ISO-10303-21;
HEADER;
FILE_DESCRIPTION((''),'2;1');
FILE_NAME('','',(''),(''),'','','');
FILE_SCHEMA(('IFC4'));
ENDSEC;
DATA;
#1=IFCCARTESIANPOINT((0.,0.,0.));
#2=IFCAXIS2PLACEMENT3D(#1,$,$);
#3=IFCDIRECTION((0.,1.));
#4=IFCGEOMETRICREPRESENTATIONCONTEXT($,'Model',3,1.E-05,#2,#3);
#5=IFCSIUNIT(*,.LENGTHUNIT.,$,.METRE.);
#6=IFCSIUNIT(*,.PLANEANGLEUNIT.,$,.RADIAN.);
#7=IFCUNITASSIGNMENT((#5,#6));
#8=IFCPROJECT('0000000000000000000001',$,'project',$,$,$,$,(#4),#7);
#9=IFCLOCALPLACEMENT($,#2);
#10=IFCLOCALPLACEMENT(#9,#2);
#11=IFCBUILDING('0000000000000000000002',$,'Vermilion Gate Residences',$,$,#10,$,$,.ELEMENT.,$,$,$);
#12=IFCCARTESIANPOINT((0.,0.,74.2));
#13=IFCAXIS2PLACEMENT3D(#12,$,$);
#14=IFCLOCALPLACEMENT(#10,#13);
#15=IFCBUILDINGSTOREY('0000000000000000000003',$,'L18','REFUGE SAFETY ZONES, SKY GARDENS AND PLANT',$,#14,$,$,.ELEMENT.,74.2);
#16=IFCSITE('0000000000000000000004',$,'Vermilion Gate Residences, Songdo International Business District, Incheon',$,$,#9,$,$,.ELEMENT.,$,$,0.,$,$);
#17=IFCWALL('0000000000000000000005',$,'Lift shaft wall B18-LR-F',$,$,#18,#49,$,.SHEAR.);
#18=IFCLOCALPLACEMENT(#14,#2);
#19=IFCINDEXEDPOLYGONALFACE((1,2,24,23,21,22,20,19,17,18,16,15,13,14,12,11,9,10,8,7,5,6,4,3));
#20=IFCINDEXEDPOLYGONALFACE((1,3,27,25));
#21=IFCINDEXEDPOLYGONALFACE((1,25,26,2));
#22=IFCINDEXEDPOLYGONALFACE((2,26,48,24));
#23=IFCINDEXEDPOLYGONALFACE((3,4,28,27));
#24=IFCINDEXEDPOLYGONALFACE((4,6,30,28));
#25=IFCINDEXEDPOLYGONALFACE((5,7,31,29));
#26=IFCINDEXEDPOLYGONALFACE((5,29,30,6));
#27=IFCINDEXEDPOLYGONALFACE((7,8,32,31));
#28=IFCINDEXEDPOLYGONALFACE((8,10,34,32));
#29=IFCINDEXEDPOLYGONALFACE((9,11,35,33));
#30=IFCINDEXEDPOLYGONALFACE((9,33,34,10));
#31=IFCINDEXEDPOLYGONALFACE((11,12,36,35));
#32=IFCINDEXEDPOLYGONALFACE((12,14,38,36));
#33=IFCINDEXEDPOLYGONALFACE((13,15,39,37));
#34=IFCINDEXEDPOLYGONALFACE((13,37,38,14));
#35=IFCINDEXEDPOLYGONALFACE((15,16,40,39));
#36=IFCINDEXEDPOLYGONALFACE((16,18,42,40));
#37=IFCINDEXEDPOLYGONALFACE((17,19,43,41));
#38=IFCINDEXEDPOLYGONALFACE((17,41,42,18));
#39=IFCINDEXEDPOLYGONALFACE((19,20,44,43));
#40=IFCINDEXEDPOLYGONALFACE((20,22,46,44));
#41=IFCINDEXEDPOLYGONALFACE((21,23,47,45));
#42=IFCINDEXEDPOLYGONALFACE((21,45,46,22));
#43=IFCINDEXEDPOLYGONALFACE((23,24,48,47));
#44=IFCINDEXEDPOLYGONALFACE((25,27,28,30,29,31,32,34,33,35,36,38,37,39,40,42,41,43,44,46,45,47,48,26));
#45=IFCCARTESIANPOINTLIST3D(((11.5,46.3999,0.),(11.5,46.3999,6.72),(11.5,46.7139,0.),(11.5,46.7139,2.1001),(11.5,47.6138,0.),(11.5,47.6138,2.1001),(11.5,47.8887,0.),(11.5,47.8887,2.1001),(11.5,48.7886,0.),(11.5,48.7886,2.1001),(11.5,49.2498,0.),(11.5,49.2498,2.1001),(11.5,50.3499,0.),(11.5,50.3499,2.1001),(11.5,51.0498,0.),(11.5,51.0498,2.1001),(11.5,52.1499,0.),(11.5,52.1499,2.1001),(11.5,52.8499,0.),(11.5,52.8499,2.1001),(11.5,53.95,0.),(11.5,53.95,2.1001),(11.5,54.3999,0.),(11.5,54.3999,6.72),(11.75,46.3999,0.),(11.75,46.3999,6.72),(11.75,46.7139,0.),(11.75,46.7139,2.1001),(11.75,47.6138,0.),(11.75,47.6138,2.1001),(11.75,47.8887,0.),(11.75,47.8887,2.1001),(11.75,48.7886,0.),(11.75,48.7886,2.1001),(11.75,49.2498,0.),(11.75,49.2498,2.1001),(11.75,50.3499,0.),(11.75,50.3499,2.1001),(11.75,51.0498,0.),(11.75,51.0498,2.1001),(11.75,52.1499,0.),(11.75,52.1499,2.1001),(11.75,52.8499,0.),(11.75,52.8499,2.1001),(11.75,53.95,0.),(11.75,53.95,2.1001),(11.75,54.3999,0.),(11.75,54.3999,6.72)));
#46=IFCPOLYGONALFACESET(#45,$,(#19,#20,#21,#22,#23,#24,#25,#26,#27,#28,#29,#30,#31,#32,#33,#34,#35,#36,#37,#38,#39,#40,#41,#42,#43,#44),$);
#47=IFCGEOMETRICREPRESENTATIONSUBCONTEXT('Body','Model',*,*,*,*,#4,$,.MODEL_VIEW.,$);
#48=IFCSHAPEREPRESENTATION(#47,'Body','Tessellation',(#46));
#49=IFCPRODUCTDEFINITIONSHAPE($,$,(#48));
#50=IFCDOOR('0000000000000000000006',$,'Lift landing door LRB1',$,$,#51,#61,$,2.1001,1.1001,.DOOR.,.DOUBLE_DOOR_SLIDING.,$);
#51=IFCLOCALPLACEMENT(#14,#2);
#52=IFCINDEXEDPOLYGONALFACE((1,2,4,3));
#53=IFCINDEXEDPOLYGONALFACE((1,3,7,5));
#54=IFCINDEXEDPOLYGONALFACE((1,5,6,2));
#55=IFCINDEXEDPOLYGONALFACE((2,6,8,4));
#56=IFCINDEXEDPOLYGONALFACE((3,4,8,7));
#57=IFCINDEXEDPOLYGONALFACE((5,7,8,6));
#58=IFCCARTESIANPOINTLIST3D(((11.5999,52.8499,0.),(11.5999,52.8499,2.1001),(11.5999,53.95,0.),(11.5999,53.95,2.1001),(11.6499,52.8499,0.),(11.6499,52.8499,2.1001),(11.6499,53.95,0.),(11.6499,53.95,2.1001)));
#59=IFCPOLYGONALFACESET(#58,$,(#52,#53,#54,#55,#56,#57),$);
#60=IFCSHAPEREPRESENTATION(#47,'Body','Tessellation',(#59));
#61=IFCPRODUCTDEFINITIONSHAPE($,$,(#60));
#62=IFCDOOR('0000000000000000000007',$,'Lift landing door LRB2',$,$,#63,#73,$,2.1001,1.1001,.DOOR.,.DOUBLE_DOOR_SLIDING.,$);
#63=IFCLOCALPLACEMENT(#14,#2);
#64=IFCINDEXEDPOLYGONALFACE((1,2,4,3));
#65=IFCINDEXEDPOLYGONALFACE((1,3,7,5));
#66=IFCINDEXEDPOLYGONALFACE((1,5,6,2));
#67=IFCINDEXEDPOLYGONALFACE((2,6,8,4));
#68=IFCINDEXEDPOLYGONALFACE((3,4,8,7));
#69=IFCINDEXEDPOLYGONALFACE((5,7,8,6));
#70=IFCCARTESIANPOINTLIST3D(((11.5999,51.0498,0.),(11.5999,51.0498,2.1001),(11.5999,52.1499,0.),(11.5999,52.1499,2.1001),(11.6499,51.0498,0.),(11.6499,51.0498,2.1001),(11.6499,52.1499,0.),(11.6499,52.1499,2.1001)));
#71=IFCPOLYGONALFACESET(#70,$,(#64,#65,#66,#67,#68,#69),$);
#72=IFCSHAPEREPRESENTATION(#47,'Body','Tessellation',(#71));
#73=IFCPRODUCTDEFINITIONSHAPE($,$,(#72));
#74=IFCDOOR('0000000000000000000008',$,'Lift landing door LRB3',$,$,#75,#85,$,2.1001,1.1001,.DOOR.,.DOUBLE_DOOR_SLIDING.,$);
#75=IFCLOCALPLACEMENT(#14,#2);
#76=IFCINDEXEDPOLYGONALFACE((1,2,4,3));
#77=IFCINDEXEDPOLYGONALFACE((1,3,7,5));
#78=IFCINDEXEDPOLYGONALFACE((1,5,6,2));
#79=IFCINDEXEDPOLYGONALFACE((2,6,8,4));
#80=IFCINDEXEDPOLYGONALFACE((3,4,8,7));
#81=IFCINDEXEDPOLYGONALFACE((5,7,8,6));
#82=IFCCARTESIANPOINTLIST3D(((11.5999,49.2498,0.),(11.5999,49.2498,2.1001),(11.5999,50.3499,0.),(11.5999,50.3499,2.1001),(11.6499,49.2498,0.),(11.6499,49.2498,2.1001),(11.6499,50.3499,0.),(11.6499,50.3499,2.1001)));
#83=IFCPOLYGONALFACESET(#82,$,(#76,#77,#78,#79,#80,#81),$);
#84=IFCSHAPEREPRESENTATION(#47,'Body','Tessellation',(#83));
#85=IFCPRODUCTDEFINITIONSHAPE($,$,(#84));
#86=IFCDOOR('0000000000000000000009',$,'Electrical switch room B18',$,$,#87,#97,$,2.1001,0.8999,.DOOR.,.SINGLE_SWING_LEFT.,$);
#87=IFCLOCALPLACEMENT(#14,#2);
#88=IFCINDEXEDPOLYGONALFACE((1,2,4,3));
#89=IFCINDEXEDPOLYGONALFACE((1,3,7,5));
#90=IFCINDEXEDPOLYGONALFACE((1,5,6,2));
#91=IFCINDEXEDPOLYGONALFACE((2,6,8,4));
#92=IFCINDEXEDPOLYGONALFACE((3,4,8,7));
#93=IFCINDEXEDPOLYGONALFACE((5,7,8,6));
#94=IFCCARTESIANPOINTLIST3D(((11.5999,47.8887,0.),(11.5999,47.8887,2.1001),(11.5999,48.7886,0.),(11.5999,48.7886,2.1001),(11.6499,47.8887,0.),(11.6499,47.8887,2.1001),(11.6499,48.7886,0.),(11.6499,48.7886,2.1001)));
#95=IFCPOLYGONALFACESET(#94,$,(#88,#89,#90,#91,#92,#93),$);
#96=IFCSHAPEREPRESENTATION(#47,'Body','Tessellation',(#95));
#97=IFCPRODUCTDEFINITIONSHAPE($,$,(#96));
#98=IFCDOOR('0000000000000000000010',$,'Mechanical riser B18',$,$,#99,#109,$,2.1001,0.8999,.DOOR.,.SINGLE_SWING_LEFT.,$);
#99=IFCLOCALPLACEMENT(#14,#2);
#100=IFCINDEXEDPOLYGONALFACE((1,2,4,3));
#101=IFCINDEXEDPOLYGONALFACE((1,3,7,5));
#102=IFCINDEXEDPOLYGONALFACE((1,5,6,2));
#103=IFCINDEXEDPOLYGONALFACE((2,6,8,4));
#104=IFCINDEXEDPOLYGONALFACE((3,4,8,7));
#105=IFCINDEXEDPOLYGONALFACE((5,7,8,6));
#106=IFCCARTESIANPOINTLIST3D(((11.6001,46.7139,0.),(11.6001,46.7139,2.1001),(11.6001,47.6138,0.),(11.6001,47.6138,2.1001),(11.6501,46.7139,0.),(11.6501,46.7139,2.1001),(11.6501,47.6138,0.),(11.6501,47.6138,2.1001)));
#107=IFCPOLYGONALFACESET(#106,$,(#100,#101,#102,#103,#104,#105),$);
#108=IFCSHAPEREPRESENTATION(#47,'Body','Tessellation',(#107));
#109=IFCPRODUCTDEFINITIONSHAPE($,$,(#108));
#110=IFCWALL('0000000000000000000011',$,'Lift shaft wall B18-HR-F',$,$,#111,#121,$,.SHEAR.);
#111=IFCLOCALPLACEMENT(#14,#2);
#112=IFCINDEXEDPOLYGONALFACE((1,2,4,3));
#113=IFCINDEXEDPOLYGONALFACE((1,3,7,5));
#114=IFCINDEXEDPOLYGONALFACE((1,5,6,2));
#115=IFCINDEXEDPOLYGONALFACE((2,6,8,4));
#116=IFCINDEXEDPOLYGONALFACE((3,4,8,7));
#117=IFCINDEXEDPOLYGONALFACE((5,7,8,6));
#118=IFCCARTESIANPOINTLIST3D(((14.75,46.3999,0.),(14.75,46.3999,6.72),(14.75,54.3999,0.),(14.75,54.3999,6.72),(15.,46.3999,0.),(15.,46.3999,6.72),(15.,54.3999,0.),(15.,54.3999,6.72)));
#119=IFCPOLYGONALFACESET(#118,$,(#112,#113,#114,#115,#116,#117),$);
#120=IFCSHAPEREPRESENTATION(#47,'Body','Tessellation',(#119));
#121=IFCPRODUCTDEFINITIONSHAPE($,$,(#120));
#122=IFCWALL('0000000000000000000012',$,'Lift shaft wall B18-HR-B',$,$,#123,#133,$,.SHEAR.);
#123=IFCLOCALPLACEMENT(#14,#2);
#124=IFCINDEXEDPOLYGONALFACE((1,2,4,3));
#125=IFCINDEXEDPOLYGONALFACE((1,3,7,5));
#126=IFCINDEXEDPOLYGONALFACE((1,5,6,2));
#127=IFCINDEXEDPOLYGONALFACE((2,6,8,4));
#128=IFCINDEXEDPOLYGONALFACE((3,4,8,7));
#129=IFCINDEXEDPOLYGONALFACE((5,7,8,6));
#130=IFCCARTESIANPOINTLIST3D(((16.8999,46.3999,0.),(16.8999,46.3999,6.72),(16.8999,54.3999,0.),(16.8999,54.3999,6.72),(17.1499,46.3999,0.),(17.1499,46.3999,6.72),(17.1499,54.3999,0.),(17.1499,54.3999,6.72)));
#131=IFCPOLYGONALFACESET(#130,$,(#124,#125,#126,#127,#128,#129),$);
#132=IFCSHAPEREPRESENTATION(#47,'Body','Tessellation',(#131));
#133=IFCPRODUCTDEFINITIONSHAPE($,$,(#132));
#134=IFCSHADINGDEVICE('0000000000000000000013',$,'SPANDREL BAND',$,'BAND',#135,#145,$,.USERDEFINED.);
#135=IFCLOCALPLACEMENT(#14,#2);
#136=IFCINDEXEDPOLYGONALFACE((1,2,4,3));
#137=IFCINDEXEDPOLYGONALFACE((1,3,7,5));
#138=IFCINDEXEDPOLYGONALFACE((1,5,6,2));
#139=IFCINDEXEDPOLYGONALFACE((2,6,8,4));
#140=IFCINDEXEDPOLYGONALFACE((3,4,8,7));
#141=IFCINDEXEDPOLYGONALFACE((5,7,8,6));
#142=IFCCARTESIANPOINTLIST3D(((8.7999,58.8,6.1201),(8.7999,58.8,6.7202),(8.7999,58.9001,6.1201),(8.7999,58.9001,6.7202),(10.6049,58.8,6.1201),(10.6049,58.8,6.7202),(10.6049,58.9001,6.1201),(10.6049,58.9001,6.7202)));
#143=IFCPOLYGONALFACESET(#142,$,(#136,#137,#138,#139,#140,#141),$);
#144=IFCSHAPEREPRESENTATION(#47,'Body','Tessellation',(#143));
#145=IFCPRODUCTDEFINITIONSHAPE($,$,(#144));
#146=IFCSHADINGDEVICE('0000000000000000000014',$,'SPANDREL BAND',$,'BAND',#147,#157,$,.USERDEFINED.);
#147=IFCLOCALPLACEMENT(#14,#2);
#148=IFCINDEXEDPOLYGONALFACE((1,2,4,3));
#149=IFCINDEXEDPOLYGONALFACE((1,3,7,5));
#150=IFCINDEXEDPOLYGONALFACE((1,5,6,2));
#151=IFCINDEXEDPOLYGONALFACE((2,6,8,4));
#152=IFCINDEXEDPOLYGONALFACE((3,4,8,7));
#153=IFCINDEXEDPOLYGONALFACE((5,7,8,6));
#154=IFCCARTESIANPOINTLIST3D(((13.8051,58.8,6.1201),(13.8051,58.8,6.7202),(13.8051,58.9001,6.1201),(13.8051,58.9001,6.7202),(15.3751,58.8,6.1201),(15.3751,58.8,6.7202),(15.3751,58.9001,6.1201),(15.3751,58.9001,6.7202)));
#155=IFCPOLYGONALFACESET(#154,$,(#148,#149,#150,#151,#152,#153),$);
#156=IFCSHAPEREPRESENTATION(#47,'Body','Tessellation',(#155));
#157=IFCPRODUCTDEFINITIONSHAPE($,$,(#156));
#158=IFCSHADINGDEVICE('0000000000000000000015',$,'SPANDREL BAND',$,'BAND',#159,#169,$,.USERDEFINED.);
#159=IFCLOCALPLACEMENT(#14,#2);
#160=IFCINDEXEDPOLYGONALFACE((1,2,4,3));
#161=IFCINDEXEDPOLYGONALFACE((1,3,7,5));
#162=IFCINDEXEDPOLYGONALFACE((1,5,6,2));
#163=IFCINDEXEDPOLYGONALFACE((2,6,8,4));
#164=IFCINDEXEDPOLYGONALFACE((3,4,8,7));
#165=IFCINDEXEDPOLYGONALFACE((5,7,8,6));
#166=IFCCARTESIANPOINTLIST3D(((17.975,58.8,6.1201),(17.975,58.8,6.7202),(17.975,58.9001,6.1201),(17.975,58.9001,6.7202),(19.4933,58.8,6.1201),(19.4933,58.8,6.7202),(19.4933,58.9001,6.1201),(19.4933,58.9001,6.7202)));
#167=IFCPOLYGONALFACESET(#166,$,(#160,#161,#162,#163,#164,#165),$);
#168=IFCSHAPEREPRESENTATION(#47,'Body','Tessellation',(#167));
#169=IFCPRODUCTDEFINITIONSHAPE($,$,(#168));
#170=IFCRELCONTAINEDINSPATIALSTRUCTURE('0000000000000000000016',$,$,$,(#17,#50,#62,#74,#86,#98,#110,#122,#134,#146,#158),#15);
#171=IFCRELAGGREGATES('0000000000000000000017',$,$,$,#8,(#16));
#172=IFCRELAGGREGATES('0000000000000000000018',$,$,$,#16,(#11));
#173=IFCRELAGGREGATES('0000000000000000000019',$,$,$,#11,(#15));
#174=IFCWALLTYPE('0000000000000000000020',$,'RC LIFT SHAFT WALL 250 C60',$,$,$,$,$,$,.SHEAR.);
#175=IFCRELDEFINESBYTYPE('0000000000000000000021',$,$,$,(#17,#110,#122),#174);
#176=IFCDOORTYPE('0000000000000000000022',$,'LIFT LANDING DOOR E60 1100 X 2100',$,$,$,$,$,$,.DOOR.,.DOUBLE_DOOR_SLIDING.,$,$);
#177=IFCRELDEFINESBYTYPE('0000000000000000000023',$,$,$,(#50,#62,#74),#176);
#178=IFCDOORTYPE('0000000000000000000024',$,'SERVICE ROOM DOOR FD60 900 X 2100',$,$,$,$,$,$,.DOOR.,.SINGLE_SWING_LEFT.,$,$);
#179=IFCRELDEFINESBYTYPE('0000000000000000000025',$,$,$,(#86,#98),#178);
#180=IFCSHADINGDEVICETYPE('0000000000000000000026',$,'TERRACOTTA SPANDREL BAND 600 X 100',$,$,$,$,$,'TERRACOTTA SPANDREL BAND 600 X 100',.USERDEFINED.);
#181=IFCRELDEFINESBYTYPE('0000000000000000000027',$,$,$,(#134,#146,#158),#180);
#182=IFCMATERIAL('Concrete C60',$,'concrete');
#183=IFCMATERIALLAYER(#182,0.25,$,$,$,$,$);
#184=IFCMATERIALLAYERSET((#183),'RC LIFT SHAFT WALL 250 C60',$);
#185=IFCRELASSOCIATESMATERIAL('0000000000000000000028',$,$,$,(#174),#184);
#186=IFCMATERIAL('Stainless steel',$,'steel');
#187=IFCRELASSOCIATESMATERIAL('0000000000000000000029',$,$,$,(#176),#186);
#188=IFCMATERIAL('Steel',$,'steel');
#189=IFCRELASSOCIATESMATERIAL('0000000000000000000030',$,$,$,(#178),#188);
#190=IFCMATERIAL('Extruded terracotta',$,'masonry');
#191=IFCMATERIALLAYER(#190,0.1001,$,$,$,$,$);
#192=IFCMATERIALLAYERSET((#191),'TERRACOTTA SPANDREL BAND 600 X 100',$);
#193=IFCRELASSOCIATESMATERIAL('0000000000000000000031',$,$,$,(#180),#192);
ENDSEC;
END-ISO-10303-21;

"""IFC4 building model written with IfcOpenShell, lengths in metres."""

from ifc_helpers import new_model, si_unit, direction, frame, frame_2d, origin, origin_2d, place, context, subcontext, project, spatial, rectangle, extrude, material, layer, layer_set, type_object, element, fill, save


model = new_model("IFC4")

# Units and contexts
model_context = context("Model", 3, precision=1e-05, world=origin(), true_north=direction((0.0, 1.0)))
body_context = subcontext(model_context, "Body", "Model", "MODEL_VIEW")
ifc_project = project(units=[si_unit("LENGTHUNIT", "METRE"), si_unit("PLANEANGLEUNIT", "RADIAN")], contexts=[model_context])

# Site, building, storey
site_placement = place(None, origin())
site = spatial("IfcSite", under=ifc_project, at=site_placement, Name="Vermilion Gate Residences, Songdo International Business District, Incheon", CompositionType="ELEMENT", RefElevation=0.0)
building_placement = place(site_placement, origin())
building = spatial("IfcBuilding", under=site, at=building_placement, Name="Vermilion Gate Residences", CompositionType="ELEMENT")
storey_placement = place(building_placement, frame((0.0, 0.0, 74.2)))
storey = spatial("IfcBuildingStorey", under=building, at=storey_placement, Name="L18", Description="REFUGE SAFETY ZONES, SKY GARDENS AND PLANT", CompositionType="ELEMENT", Elevation=74.2)

# Wall, openings, doors
ifc_material_1 = material(Name="Concrete C60", Category="concrete")
ifc_layer_1 = layer(ifc_material_1, 0.25)
ifc_layer_set_1 = layer_set([ifc_layer_1], Name="RC LIFT SHAFT WALL 250 C60")
wall_type_1 = type_object("IfcWallType", Name="RC LIFT SHAFT WALL 250 C60", PredefinedType="SHEAR", material=ifc_layer_set_1)
wall_1_placement = place(storey_placement, frame((11.625, 54.3999, 0.0), z_axis=(0.0, 0.0, 1.0), x_axis=(0.0, -1.0, 0.0)))
wall_1 = element("IfcWall", 1, at=wall_1_placement, inside=storey, type_object=wall_type_1, Name="Lift shaft wall B18-LR-F", PredefinedType="SHEAR", context=body_context, shape_type="SweptSolid", body=[
    extrude(rectangle(XDim=8.0, YDim=0.25, at=frame_2d((4.0, 0.0))), origin(), (0.0, 0.0, 1.0), 6.72),
])
opening_1_placement = place(wall_1_placement, frame((0.45, 0.0, 0.0)))
opening_1 = element("IfcOpeningElement", 2, at=opening_1_placement, cuts=wall_1, PredefinedType="OPENING", context=body_context, shape_type="SweptSolid", body=[
    extrude(rectangle(XDim=1.1001, YDim=2.1001, at=frame_2d((0.55, 1.05))), frame((0.0, 0.135, 0.0), z_axis=(0.0, -1.0, 0.0), x_axis=(1.0, 0.0, 0.0)), (0.0, 0.0, 1.0), 0.27),
])
opening_2_placement = place(wall_1_placement, frame((2.25, 0.0, 0.0)))
opening_2 = element("IfcOpeningElement", 3, at=opening_2_placement, cuts=wall_1, PredefinedType="OPENING", context=body_context, shape_type="SweptSolid", body=[
    extrude(rectangle(XDim=1.1001, YDim=2.1001, at=frame_2d((0.55, 1.05))), frame((0.0, 0.135, 0.0), z_axis=(0.0, -1.0, 0.0), x_axis=(1.0, 0.0, 0.0)), (0.0, 0.0, 1.0), 0.27),
])
opening_3_placement = place(wall_1_placement, frame((4.05, 0.0, 0.0)))
opening_3 = element("IfcOpeningElement", 4, at=opening_3_placement, cuts=wall_1, PredefinedType="OPENING", context=body_context, shape_type="SweptSolid", body=[
    extrude(rectangle(XDim=1.1001, YDim=2.1001, at=frame_2d((0.55, 1.05))), frame((0.0, 0.135, 0.0), z_axis=(0.0, -1.0, 0.0), x_axis=(1.0, 0.0, 0.0)), (0.0, 0.0, 1.0), 0.27),
])
opening_4_placement = place(wall_1_placement, frame((5.6113, 0.0, 0.0)))
opening_4 = element("IfcOpeningElement", 5, at=opening_4_placement, cuts=wall_1, PredefinedType="OPENING", context=body_context, shape_type="SweptSolid", body=[
    extrude(rectangle(XDim=0.8999, YDim=2.1001, at=frame_2d((0.45, 1.05))), frame((0.0, 0.135, 0.0), z_axis=(0.0, -1.0, 0.0), x_axis=(1.0, 0.0, 0.0)), (0.0, 0.0, 1.0), 0.27),
])
opening_5_placement = place(wall_1_placement, frame((6.7861, 0.0, 0.0)))
opening_5 = element("IfcOpeningElement", 6, at=opening_5_placement, cuts=wall_1, PredefinedType="OPENING", context=body_context, shape_type="SweptSolid", body=[
    extrude(rectangle(XDim=0.8999, YDim=2.1001, at=frame_2d((0.45, 1.05))), frame((0.0, 0.135, 0.0), z_axis=(0.0, -1.0, 0.0), x_axis=(1.0, 0.0, 0.0)), (0.0, 0.0, 1.0), 0.27),
])
ifc_material_2 = material(Name="Stainless steel", Category="steel")
door_type_1 = type_object("IfcDoorType", Name="LIFT LANDING DOOR E60 1100 X 2100", OperationType="DOUBLE_DOOR_SLIDING", PredefinedType="DOOR", material=ifc_material_2)
door_1_placement = place(opening_1_placement, origin())
door_1 = element("IfcDoor", 7, at=door_1_placement, inside=storey, type_object=door_type_1, Name="Lift landing door LRB1", OperationType="DOUBLE_DOOR_SLIDING", OverallHeight=2.1001, OverallWidth=1.1001, PredefinedType="DOOR", context=body_context, shape_type="SweptSolid", body=[
    extrude(rectangle(XDim=1.1001, YDim=2.1001, at=frame_2d((0.55, 1.05))), frame((0.0, 0.0249, 0.0), z_axis=(0.0, -1.0, 0.0), x_axis=(1.0, 0.0, 0.0)), (0.0, 0.0, 1.0), 0.05),
])
fill(opening_1, door_1)
door_2_placement = place(opening_2_placement, origin())
door_2 = element("IfcDoor", 8, at=door_2_placement, inside=storey, type_object=door_type_1, Name="Lift landing door LRB2", OperationType="DOUBLE_DOOR_SLIDING", OverallHeight=2.1001, OverallWidth=1.1001, PredefinedType="DOOR", context=body_context, shape_type="SweptSolid", body=[
    extrude(rectangle(XDim=1.1001, YDim=2.1001, at=frame_2d((0.55, 1.05))), frame((0.0, 0.0249, 0.0), z_axis=(0.0, -1.0, 0.0), x_axis=(1.0, 0.0, 0.0)), (0.0, 0.0, 1.0), 0.05),
])
fill(opening_2, door_2)
door_3_placement = place(opening_3_placement, origin())
door_3 = element("IfcDoor", 9, at=door_3_placement, inside=storey, type_object=door_type_1, Name="Lift landing door LRB3", OperationType="DOUBLE_DOOR_SLIDING", OverallHeight=2.1001, OverallWidth=1.1001, PredefinedType="DOOR", context=body_context, shape_type="SweptSolid", body=[
    extrude(rectangle(XDim=1.1001, YDim=2.1001, at=frame_2d((0.55, 1.05))), frame((0.0, 0.0249, 0.0), z_axis=(0.0, -1.0, 0.0), x_axis=(1.0, 0.0, 0.0)), (0.0, 0.0, 1.0), 0.05),
])
fill(opening_3, door_3)
ifc_material_3 = material(Name="Steel", Category="steel")
door_type_2 = type_object("IfcDoorType", Name="SERVICE ROOM DOOR FD60 900 X 2100", OperationType="SINGLE_SWING_LEFT", PredefinedType="DOOR", material=ifc_material_3)
door_4_placement = place(opening_4_placement, origin())
door_4 = element("IfcDoor", 10, at=door_4_placement, inside=storey, type_object=door_type_2, Name="Electrical switch room B18", OperationType="SINGLE_SWING_LEFT", OverallHeight=2.1001, OverallWidth=0.8999, PredefinedType="DOOR", context=body_context, shape_type="SweptSolid", body=[
    extrude(rectangle(XDim=0.8999, YDim=2.1001, at=frame_2d((0.45, 1.05))), frame((0.0, 0.0249, 0.0), z_axis=(0.0, -1.0, 0.0), x_axis=(1.0, 0.0, 0.0)), (0.0, 0.0, 1.0), 0.05),
])
fill(opening_4, door_4)
door_5_placement = place(opening_5_placement, frame((0.8999, 0.0, 0.0), z_axis=(0.0, 0.0, 1.0), x_axis=(-1.0, 0.0, 0.0)))
door_5 = element("IfcDoor", 11, at=door_5_placement, inside=storey, type_object=door_type_2, Name="Mechanical riser B18", OperationType="SINGLE_SWING_LEFT", OverallHeight=2.1001, OverallWidth=0.8999, PredefinedType="DOOR", context=body_context, shape_type="SweptSolid", body=[
    extrude(rectangle(XDim=0.8999, YDim=2.1001, at=frame_2d((0.45, 1.05))), frame((0.0, 0.0249, 0.0), z_axis=(0.0, -1.0, 0.0), x_axis=(1.0, 0.0, 0.0)), (0.0, 0.0, 1.0), 0.05),
])
fill(opening_5, door_5)

# Walls
for number, where, z_axis, x_axis, name in (
    (12, (14.875, 54.3999, 0.0), (0.0, 0.0, 1.0), (0.0, -1.0, 0.0), "Lift shaft wall B18-HR-F"),
    (13, (17.0249, 54.3999, 0.0), (0.0, 0.0, 1.0), (0.0, -1.0, 0.0), "Lift shaft wall B18-HR-B"),
):
    element("IfcWall", number, at=place(storey_placement, frame(where, z_axis=z_axis, x_axis=x_axis)), inside=storey, type_object=wall_type_1, Name=name, PredefinedType="SHEAR", context=body_context, shape_type="SweptSolid", body=[
        extrude(rectangle(XDim=8.0, YDim=0.25, at=frame_2d((4.0, 0.0))), origin(), (0.0, 0.0, 1.0), 6.72),
    ])

# Shading devices
ifc_material_4 = material(Name="Extruded terracotta", Category="masonry")
ifc_layer_2 = layer(ifc_material_4, 0.1001)
ifc_layer_set_2 = layer_set([ifc_layer_2], Name="TERRACOTTA SPANDREL BAND 600 X 100")
shading_device_type = type_object("IfcShadingDeviceType", Name="TERRACOTTA SPANDREL BAND 600 X 100", ElementType="TERRACOTTA SPANDREL BAND 600 X 100", PredefinedType="USERDEFINED", material=ifc_layer_set_2)
shading_device_1_placement = place(storey_placement, frame((9.7024, 58.8501, 6.1201), z_axis=(0.0, 0.0, 1.0), x_axis=(1.0, 0.0, 0.0)))
element("IfcShadingDevice", 14, at=shading_device_1_placement, inside=storey, type_object=shading_device_type, Name="SPANDREL BAND", ObjectType="BAND", PredefinedType="USERDEFINED", context=body_context, shape_type="SweptSolid", body=[
    extrude(rectangle(XDim=1.8049, YDim=0.1001, at=origin_2d()), origin(), (0.0, 0.0, 1.0), 0.6001),
])
shading_device_2_placement = place(storey_placement, frame((14.5901, 58.8501, 6.1201), z_axis=(0.0, 0.0, 1.0), x_axis=(1.0, 0.0, 0.0)))
element("IfcShadingDevice", 15, at=shading_device_2_placement, inside=storey, type_object=shading_device_type, Name="SPANDREL BAND", ObjectType="BAND", PredefinedType="USERDEFINED", context=body_context, shape_type="SweptSolid", body=[
    extrude(rectangle(XDim=1.5701, YDim=0.1001, at=origin_2d()), origin(), (0.0, 0.0, 1.0), 0.6001),
])
shading_device_3_placement = place(storey_placement, frame((18.7341, 58.8501, 6.1201), z_axis=(0.0, 0.0, 1.0), x_axis=(1.0, 0.0, 0.0)))
element("IfcShadingDevice", 16, at=shading_device_3_placement, inside=storey, type_object=shading_device_type, Name="SPANDREL BAND", ObjectType="BAND", PredefinedType="USERDEFINED", context=body_context, shape_type="SweptSolid", body=[
    extrude(rectangle(XDim=1.5183, YDim=0.1001, at=origin_2d()), origin(), (0.0, 0.0, 1.0), 0.6001),
])

save(model, "model.ifc")
